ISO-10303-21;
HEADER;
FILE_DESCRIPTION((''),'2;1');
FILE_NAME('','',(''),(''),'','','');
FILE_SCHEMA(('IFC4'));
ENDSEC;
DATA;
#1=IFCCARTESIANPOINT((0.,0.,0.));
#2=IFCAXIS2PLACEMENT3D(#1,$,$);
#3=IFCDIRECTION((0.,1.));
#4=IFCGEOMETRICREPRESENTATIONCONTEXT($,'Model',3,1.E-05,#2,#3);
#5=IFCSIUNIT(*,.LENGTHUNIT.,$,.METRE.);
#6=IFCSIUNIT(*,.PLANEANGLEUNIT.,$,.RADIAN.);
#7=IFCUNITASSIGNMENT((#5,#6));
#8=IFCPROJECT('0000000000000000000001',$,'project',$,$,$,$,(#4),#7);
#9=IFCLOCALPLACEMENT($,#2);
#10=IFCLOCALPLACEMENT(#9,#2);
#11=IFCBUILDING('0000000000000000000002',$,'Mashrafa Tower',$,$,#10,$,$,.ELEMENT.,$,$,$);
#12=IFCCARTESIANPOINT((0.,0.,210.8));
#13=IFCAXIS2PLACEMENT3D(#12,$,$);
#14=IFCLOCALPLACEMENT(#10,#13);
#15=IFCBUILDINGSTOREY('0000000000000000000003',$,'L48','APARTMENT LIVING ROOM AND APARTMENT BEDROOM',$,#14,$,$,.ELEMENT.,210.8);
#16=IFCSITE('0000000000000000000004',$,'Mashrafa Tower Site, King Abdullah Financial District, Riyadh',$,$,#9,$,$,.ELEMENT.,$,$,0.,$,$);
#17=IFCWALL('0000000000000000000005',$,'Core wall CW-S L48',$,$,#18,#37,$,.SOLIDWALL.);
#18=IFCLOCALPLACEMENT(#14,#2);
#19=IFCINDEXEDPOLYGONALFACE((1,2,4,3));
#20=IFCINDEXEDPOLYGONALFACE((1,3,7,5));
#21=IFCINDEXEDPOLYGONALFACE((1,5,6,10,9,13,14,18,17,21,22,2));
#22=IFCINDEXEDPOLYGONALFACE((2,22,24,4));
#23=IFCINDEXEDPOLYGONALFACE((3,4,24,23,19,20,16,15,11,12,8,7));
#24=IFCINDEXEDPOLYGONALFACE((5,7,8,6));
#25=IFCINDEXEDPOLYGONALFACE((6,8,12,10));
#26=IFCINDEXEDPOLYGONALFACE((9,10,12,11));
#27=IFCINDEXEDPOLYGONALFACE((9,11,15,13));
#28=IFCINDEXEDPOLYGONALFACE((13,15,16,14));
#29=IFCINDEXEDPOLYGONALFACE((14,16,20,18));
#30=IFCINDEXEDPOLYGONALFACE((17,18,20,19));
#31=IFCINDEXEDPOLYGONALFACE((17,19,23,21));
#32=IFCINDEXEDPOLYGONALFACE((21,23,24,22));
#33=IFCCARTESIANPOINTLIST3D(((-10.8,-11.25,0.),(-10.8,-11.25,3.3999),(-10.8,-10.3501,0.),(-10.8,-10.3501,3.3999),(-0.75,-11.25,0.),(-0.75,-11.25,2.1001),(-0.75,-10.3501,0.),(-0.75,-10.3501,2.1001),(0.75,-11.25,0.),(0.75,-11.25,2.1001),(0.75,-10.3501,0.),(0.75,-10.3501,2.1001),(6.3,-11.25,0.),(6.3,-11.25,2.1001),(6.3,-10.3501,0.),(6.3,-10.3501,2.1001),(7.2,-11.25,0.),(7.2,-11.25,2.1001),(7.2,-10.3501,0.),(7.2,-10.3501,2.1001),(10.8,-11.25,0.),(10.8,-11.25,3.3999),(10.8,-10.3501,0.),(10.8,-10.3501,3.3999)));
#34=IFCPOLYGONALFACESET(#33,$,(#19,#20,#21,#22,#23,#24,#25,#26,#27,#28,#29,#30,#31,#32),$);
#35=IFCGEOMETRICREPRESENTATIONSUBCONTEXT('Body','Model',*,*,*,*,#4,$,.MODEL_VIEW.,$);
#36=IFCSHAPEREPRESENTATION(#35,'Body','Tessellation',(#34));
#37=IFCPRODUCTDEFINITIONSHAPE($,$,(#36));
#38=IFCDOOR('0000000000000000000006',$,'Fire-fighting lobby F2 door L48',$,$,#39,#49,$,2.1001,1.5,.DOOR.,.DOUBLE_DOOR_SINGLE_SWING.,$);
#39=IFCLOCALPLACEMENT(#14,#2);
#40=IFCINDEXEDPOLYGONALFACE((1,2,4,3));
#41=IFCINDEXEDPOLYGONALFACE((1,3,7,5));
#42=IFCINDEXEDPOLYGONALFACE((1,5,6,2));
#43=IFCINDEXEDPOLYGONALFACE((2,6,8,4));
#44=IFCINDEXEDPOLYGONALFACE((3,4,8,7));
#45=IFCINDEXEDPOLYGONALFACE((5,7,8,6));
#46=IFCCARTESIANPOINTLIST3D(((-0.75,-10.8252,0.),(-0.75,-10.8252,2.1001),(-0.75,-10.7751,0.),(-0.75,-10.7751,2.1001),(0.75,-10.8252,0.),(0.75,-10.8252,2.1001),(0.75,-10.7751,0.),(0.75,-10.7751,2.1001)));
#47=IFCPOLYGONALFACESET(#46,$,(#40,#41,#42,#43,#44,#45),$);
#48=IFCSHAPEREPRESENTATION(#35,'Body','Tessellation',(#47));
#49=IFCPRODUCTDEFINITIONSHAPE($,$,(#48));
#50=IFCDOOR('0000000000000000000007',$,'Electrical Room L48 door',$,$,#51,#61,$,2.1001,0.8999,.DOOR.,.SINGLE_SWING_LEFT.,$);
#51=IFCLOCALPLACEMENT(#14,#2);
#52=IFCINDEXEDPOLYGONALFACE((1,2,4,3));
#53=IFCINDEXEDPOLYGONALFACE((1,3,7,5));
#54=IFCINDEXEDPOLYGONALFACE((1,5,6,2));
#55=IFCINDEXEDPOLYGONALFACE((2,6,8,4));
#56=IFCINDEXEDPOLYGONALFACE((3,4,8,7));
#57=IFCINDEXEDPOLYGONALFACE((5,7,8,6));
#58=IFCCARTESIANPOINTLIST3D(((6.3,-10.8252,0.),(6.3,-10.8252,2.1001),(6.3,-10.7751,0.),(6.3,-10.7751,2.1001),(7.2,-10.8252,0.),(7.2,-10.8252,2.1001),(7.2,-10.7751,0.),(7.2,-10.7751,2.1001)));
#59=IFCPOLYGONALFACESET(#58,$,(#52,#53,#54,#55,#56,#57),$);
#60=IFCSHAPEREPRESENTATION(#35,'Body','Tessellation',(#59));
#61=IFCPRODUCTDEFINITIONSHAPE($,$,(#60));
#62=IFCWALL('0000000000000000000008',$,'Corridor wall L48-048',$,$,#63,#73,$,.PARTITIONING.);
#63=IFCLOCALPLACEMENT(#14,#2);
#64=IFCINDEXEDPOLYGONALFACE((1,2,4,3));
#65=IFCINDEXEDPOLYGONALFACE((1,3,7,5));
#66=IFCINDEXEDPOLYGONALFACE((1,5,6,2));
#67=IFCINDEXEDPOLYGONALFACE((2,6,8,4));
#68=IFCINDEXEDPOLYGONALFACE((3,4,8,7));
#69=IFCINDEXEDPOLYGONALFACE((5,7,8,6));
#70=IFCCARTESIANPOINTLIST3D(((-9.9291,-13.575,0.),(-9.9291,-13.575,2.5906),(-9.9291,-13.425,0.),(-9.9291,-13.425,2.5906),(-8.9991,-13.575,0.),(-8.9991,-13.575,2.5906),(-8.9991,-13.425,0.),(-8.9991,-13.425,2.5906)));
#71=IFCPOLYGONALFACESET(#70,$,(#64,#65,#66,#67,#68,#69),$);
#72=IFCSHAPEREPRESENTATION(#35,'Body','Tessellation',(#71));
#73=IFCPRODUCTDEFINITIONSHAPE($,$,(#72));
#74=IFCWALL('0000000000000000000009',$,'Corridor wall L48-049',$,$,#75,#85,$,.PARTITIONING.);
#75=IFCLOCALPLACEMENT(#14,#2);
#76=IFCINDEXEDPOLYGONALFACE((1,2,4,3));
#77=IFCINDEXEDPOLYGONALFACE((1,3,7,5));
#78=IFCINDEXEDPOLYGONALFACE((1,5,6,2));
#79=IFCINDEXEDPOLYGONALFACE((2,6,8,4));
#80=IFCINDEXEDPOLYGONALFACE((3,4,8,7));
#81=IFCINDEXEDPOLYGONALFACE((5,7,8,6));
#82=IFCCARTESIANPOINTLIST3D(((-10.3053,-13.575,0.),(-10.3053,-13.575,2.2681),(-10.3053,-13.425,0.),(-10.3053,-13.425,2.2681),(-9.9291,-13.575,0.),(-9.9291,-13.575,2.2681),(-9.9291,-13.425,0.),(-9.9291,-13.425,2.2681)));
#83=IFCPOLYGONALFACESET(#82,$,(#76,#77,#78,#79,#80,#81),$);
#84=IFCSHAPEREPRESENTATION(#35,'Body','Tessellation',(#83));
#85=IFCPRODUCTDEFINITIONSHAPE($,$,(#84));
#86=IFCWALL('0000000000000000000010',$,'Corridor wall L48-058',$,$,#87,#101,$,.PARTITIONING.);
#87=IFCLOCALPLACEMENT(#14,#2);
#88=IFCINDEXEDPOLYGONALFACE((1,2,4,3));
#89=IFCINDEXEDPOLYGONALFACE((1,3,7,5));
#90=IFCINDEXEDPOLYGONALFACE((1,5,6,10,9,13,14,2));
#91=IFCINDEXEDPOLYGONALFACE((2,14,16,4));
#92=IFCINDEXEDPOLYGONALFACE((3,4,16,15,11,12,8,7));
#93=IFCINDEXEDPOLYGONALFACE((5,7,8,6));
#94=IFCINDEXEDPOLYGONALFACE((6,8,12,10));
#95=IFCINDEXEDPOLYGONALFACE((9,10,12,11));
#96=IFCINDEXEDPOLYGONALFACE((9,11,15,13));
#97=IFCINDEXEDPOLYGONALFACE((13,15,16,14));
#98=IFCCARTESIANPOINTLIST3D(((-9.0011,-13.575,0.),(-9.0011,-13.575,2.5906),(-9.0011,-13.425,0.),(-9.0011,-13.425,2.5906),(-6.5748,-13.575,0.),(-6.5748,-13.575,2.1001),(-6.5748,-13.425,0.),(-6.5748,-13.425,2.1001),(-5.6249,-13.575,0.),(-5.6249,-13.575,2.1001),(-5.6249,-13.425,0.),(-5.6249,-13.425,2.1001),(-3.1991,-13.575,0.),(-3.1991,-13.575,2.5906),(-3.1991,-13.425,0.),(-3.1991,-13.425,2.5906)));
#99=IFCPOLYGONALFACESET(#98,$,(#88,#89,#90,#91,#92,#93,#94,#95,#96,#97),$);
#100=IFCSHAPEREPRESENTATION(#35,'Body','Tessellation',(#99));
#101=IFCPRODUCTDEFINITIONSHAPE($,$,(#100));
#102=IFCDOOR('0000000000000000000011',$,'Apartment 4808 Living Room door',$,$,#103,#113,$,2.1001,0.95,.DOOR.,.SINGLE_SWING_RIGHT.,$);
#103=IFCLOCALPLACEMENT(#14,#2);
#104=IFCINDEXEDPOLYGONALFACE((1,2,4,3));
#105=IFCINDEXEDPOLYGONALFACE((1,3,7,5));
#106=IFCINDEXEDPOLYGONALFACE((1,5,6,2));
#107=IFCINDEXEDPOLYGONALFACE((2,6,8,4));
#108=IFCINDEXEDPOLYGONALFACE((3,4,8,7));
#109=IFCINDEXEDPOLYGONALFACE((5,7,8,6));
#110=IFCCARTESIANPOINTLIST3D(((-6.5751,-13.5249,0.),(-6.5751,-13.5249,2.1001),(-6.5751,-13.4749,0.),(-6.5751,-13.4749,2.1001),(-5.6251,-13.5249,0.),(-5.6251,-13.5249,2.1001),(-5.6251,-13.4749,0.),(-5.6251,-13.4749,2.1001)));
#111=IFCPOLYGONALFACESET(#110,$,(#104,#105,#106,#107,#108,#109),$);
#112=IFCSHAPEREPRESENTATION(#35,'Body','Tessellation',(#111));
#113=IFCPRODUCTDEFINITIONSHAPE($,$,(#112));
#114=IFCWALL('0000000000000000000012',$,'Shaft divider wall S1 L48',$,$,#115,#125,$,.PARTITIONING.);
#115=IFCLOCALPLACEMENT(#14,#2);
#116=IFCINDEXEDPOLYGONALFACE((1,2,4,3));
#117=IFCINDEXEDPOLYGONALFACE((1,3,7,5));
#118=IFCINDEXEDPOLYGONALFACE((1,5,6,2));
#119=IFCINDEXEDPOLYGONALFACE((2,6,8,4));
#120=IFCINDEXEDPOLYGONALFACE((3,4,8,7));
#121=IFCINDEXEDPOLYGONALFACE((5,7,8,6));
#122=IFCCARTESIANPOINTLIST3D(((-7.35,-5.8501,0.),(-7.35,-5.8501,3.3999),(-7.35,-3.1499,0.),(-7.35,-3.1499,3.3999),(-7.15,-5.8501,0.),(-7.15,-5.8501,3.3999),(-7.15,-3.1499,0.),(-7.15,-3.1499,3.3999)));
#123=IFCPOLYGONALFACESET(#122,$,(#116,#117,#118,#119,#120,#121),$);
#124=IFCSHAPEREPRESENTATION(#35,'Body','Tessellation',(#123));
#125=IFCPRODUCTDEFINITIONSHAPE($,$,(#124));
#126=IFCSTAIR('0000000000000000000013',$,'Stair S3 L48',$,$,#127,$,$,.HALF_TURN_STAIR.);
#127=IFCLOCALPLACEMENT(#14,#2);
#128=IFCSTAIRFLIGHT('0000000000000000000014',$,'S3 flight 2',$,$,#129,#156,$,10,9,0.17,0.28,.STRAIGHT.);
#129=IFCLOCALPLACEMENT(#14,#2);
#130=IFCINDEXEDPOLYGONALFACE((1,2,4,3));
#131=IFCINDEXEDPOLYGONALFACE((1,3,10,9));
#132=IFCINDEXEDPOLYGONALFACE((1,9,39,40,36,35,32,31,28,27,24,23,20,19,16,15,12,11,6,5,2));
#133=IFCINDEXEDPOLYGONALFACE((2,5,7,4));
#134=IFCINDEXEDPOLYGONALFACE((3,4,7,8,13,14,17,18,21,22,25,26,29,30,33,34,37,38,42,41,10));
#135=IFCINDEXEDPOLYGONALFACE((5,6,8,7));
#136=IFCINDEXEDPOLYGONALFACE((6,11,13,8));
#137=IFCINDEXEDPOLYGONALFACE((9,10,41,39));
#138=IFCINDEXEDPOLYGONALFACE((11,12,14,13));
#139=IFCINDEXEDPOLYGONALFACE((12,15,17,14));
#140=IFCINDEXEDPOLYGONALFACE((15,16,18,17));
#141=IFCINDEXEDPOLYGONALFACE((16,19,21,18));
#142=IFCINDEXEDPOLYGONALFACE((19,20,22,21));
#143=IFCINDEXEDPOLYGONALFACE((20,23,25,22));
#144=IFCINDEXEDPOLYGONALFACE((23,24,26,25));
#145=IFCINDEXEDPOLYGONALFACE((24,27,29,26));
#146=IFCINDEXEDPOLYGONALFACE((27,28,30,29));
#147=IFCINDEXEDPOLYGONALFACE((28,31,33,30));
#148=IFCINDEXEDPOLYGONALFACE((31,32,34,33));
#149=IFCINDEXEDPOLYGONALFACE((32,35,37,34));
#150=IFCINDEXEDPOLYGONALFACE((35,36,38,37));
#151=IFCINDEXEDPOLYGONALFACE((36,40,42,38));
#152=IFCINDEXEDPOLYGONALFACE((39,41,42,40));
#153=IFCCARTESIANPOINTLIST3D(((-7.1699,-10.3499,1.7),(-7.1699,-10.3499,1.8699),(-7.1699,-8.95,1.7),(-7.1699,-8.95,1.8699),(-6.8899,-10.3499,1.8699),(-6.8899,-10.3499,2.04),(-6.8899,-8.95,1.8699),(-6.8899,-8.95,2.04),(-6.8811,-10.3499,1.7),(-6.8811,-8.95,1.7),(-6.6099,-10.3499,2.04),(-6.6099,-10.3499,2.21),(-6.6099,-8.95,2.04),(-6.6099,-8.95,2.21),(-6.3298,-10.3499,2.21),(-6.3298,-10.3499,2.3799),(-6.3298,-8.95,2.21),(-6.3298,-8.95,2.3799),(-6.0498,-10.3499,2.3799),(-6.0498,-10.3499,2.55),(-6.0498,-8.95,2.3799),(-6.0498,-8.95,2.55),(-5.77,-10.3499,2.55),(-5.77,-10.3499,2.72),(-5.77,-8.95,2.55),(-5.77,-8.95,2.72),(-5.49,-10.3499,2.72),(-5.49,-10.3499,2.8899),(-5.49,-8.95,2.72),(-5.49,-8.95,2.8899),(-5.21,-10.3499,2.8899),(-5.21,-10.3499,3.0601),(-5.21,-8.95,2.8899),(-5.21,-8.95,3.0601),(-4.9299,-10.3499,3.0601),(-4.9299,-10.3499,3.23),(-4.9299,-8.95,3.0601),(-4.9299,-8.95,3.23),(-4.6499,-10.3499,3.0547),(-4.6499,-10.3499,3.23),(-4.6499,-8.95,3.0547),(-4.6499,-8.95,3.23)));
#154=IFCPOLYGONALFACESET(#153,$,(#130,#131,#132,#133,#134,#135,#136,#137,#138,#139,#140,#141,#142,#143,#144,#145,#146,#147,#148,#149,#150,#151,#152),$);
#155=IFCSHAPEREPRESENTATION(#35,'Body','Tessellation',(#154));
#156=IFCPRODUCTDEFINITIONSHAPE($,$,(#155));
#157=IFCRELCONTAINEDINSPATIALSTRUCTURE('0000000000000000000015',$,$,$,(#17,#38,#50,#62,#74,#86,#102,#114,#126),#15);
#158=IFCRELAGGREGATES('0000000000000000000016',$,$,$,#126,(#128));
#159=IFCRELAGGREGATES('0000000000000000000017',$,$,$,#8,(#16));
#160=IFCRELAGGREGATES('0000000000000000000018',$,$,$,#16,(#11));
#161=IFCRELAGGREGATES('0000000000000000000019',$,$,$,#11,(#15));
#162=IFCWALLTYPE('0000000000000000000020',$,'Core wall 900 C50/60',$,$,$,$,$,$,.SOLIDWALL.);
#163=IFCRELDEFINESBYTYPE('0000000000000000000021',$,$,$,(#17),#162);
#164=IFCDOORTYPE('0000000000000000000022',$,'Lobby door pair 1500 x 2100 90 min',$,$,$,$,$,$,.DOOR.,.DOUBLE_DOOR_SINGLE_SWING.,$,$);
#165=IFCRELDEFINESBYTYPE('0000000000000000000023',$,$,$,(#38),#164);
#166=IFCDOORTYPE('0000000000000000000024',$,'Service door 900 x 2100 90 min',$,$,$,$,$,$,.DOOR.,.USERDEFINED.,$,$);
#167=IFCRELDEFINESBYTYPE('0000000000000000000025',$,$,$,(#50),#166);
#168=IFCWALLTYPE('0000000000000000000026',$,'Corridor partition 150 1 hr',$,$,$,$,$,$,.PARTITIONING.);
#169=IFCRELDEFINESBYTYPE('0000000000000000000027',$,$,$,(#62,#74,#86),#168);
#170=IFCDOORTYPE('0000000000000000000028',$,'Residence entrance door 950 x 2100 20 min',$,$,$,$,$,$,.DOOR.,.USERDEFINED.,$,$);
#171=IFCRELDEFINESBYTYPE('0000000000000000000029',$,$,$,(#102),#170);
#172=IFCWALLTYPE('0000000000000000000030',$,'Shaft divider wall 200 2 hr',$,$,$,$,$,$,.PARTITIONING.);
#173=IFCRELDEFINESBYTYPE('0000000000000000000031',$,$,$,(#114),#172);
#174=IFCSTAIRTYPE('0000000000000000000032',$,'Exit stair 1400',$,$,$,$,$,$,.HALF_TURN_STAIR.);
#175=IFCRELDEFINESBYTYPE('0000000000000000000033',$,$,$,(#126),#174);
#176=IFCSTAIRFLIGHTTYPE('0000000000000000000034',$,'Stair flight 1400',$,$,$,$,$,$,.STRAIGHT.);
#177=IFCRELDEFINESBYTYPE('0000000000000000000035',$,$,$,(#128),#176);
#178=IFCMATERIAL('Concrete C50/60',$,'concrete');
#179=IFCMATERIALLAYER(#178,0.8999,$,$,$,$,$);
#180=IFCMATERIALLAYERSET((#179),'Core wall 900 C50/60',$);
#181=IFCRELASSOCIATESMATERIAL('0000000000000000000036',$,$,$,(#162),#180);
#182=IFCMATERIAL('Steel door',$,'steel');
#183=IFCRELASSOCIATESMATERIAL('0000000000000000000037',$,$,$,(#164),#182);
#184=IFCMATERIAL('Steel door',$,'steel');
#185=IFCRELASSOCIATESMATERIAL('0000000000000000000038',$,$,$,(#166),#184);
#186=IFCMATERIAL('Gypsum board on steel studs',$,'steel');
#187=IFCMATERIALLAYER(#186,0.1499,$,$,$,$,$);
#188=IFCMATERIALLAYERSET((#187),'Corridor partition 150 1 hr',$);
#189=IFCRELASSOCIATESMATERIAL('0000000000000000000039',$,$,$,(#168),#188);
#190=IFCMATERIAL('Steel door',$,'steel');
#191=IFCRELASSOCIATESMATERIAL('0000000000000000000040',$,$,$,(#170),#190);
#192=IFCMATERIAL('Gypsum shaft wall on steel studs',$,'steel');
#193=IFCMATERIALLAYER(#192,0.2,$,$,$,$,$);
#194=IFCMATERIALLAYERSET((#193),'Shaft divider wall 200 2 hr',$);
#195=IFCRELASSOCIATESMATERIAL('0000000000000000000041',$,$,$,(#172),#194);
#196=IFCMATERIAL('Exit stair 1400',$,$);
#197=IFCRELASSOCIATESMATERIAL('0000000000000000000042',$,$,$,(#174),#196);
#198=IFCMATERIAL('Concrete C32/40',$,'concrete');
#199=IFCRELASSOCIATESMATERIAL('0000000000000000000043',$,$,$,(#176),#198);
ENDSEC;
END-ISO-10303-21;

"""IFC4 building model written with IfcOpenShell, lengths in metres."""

from ifc_helpers import new_model, si_unit, direction, frame, frame_2d, origin, place, context, subcontext, project, spatial, polyline, rectangle, outline, extrude, material, layer, layer_set, type_object, element, fill, aggregate, save


model = new_model("IFC4")

# Units and contexts
model_context = context("Model", 3, precision=1e-05, world=origin(), true_north=direction((0.0, 1.0)))
body_context = subcontext(model_context, "Body", "Model", "MODEL_VIEW")
ifc_project = project(units=[si_unit("LENGTHUNIT", "METRE"), si_unit("PLANEANGLEUNIT", "RADIAN")], contexts=[model_context])

# Site, building, storey
site_placement = place(None, origin())
site = spatial("IfcSite", under=ifc_project, at=site_placement, Name="Mashrafa Tower Site, King Abdullah Financial District, Riyadh", CompositionType="ELEMENT", RefElevation=0.0)
building_placement = place(site_placement, origin())
building = spatial("IfcBuilding", under=site, at=building_placement, Name="Mashrafa Tower", CompositionType="ELEMENT")
storey_placement = place(building_placement, frame((0.0, 0.0, 210.8)))
storey = spatial("IfcBuildingStorey", under=building, at=storey_placement, Name="L48", Description="APARTMENT LIVING ROOM AND APARTMENT BEDROOM", CompositionType="ELEMENT", Elevation=210.8)

# Wall, openings, doors
ifc_material_1 = material(Name="Concrete C50/60", Category="concrete")
ifc_layer_1 = layer(ifc_material_1, 0.8999)
ifc_layer_set_1 = layer_set([ifc_layer_1], Name="Core wall 900 C50/60")
wall_type_1 = type_object("IfcWallType", Name="Core wall 900 C50/60", PredefinedType="SOLIDWALL", material=ifc_layer_set_1)
wall_1_placement = place(storey_placement, frame((-10.8, -10.8, 0.0), z_axis=(0.0, 0.0, 1.0), x_axis=(1.0, 0.0, 0.0)))
wall_1 = element("IfcWall", 1, at=wall_1_placement, inside=storey, type_object=wall_type_1, Name="Core wall CW-S L48", PredefinedType="SOLIDWALL", context=body_context, shape_type="SweptSolid", body=[
    extrude(rectangle(XDim=21.6001, YDim=0.8999, at=frame_2d((10.8, 0.0))), origin(), (0.0, 0.0, 1.0), 3.3999),
])
opening_1_placement = place(wall_1_placement, frame((10.05, 0.0, 0.0)))
opening_1 = element("IfcOpeningElement", 2, at=opening_1_placement, cuts=wall_1, PredefinedType="OPENING", context=body_context, shape_type="SweptSolid", body=[
    extrude(rectangle(XDim=1.5, YDim=2.1001, at=frame_2d((0.75, 1.05))), frame((0.0, 0.46, 0.0), z_axis=(0.0, -1.0, 0.0), x_axis=(1.0, 0.0, 0.0)), (0.0, 0.0, 1.0), 0.9199),
])
opening_2_placement = place(wall_1_placement, frame((17.1001, 0.0, 0.0)))
opening_2 = element("IfcOpeningElement", 3, at=opening_2_placement, cuts=wall_1, PredefinedType="OPENING", context=body_context, shape_type="SweptSolid", body=[
    extrude(rectangle(XDim=0.8999, YDim=2.1001, at=frame_2d((0.45, 1.05))), frame((0.0, 0.46, 0.0), z_axis=(0.0, -1.0, 0.0), x_axis=(1.0, 0.0, 0.0)), (0.0, 0.0, 1.0), 0.9199),
])
ifc_material_2 = material(Name="Steel door", Category="steel")
door_type_1 = type_object("IfcDoorType", Name="Lobby door pair 1500 x 2100 90 min", OperationType="DOUBLE_DOOR_SINGLE_SWING", PredefinedType="DOOR", material=ifc_material_2)
door_1_placement = place(opening_1_placement, origin())
door_1 = element("IfcDoor", 4, at=door_1_placement, inside=storey, type_object=door_type_1, Name="Fire-fighting lobby F2 door L48", OperationType="DOUBLE_DOOR_SINGLE_SWING", OverallHeight=2.1001, OverallWidth=1.5, PredefinedType="DOOR", context=body_context, shape_type="SweptSolid", body=[
    extrude(rectangle(XDim=1.5, YDim=2.1001, at=frame_2d((0.75, 1.05))), frame((0.0, 0.0249, 0.0), z_axis=(0.0, -1.0, 0.0), x_axis=(1.0, 0.0, 0.0)), (0.0, 0.0, 1.0), 0.05),
])
fill(opening_1, door_1)
ifc_material_3 = material(Name="Steel door", Category="steel")
door_type_2 = type_object("IfcDoorType", Name="Service door 900 x 2100 90 min", OperationType="USERDEFINED", PredefinedType="DOOR", material=ifc_material_3)
door_2_placement = place(opening_2_placement, origin())
door_2 = element("IfcDoor", 5, at=door_2_placement, inside=storey, type_object=door_type_2, Name="Electrical Room L48 door", OperationType="SINGLE_SWING_LEFT", OverallHeight=2.1001, OverallWidth=0.8999, PredefinedType="DOOR", context=body_context, shape_type="SweptSolid", body=[
    extrude(rectangle(XDim=0.8999, YDim=2.1001, at=frame_2d((0.45, 1.05))), frame((0.0, 0.0249, 0.0), z_axis=(0.0, -1.0, 0.0), x_axis=(1.0, 0.0, 0.0)), (0.0, 0.0, 1.0), 0.05),
])
fill(opening_2, door_2)

# Walls
ifc_material_4 = material(Name="Gypsum board on steel studs", Category="steel")
ifc_layer_2 = layer(ifc_material_4, 0.1499)
ifc_layer_set_2 = layer_set([ifc_layer_2], Name="Corridor partition 150 1 hr")
wall_type_2 = type_object("IfcWallType", Name="Corridor partition 150 1 hr", PredefinedType="PARTITIONING", material=ifc_layer_set_2)
wall_2_placement = place(storey_placement, frame((-9.929, -13.5, 0.0), z_axis=(0.0, 0.0, 1.0), x_axis=(1.0, 0.0, 0.0)))
element("IfcWall", 6, at=wall_2_placement, inside=storey, type_object=wall_type_2, Name="Corridor wall L48-048", PredefinedType="PARTITIONING", context=body_context, shape_type="SweptSolid", body=[
    extrude(rectangle(XDim=0.9299, YDim=0.1499, at=frame_2d((0.4648, 0.0))), origin(), (0.0, 0.0, 1.0), 2.5906),
])
wall_3_placement = place(storey_placement, frame((-10.3052, -13.5, 0.0), z_axis=(0.0, 0.0, 1.0), x_axis=(1.0, 0.0, 0.0)))
element("IfcWall", 7, at=wall_3_placement, inside=storey, type_object=wall_type_2, Name="Corridor wall L48-049", PredefinedType="PARTITIONING", context=body_context, shape_type="SweptSolid", body=[
    extrude(rectangle(XDim=0.3762, YDim=0.1499, at=frame_2d((0.188, 0.0))), origin(), (0.0, 0.0, 1.0), 2.2681),
])

# Wall, opening, door
wall_4_placement = place(storey_placement, frame((-9.001, -13.5, 0.0), z_axis=(0.0, 0.0, 1.0), x_axis=(1.0, 0.0, 0.0)))
wall_4 = element("IfcWall", 8, at=wall_4_placement, inside=storey, type_object=wall_type_2, Name="Corridor wall L48-058", PredefinedType="PARTITIONING", context=body_context, shape_type="SweptSolid", body=[
    extrude(rectangle(XDim=5.802, YDim=0.1499, at=frame_2d((2.9009, 0.0))), origin(), (0.0, 0.0, 1.0), 2.5906),
])
opening_3_placement = place(wall_4_placement, frame((2.426, 0.0, 0.0)))
opening_3 = element("IfcOpeningElement", 9, at=opening_3_placement, cuts=wall_4, PredefinedType="OPENING", context=body_context, shape_type="SweptSolid", body=[
    extrude(rectangle(XDim=0.95, YDim=2.1001, at=frame_2d((0.4751, 1.05))), frame((0.0, 0.085, 0.0), z_axis=(0.0, -1.0, 0.0), x_axis=(1.0, 0.0, 0.0)), (0.0, 0.0, 1.0), 0.1699),
])
ifc_material_5 = material(Name="Steel door", Category="steel")
door_type_3 = type_object("IfcDoorType", Name="Residence entrance door 950 x 2100 20 min", OperationType="USERDEFINED", PredefinedType="DOOR", material=ifc_material_5)
door_3_placement = place(opening_3_placement, frame((0.95, 0.0, 0.0), z_axis=(0.0, 0.0, 1.0), x_axis=(-1.0, 0.0, 0.0)))
door_3 = element("IfcDoor", 10, at=door_3_placement, inside=storey, type_object=door_type_3, Name="Apartment 4808 Living Room door", OperationType="SINGLE_SWING_RIGHT", OverallHeight=2.1001, OverallWidth=0.95, PredefinedType="DOOR", context=body_context, shape_type="SweptSolid", body=[
    extrude(rectangle(XDim=0.95, YDim=2.1001, at=frame_2d((0.4751, 1.05))), frame((0.0, 0.0249, 0.0), z_axis=(0.0, -1.0, 0.0), x_axis=(1.0, 0.0, 0.0)), (0.0, 0.0, 1.0), 0.05),
])
fill(opening_3, door_3)

# Wall
ifc_material_6 = material(Name="Gypsum shaft wall on steel studs", Category="steel")
ifc_layer_3 = layer(ifc_material_6, 0.2)
ifc_layer_set_3 = layer_set([ifc_layer_3], Name="Shaft divider wall 200 2 hr")
wall_type_3 = type_object("IfcWallType", Name="Shaft divider wall 200 2 hr", PredefinedType="PARTITIONING", material=ifc_layer_set_3)
wall_5_placement = place(storey_placement, frame((-7.25, -5.8501, 0.0), z_axis=(0.0, 0.0, 1.0), x_axis=(0.0, 1.0, 0.0)))
element("IfcWall", 11, at=wall_5_placement, inside=storey, type_object=wall_type_3, Name="Shaft divider wall S1 L48", PredefinedType="PARTITIONING", context=body_context, shape_type="SweptSolid", body=[
    extrude(rectangle(XDim=2.7002, YDim=0.2, at=frame_2d((1.3501, 0.0))), origin(), (0.0, 0.0, 1.0), 3.3999),
])

# Stair, stair flight
ifc_material_7 = material(Name="Exit stair 1400")
stair_type = type_object("IfcStairType", Name="Exit stair 1400", PredefinedType="HALF_TURN_STAIR", material=ifc_material_7)
stair_placement = place(storey_placement, origin())
stair = element("IfcStair", 12, at=stair_placement, inside=storey, type_object=stair_type, Name="Stair S3 L48", PredefinedType="HALF_TURN_STAIR")
ifc_material_8 = material(Name="Concrete C32/40", Category="concrete")
stair_flight_type = type_object("IfcStairFlightType", Name="Stair flight 1400", PredefinedType="STRAIGHT", material=ifc_material_8)
stair_flight_placement = place(storey_placement, frame((-7.1699, -9.6499, 1.7), z_axis=(0.0, 0.0, 1.0), x_axis=(1.0, 0.0, 0.0)))
stair_flight = element("IfcStairFlight", 13, at=stair_flight_placement, type_object=stair_flight_type, Name="S3 flight 2", NumberOfRisers=10, NumberOfTreads=9, PredefinedType="STRAIGHT", RiserHeight=0.17, TreadLength=0.28, context=body_context, shape_type="SweptSolid", body=[
    extrude(outline(polyline([(0.0, 0.0), (0.0, 0.1699), (0.28, 0.1699), (0.28, 0.3401), (0.5601, 0.3401), (0.5601, 0.51), (0.8401, 0.51), (0.8401, 0.6799), (1.1201, 0.6799), (1.1201, 0.8501), (1.3999, 0.8501), (1.3999, 1.02), (1.6799, 1.02), (1.6799, 1.1899), (1.96, 1.1899), (1.96, 1.3601), (2.24, 1.3601), (2.24, 1.53), (2.52, 1.53), (2.52, 1.7), (2.52, 1.3547), (0.2888, 0.0), (0.0, 0.0)])), frame((0.0, 0.7, 0.0), z_axis=(0.0, -1.0, 0.0), x_axis=(1.0, 0.0, 0.0)), (0.0, 0.0, 1.0), 1.3999),
])
aggregate(stair, [stair_flight])

save(model, "model.ifc")
